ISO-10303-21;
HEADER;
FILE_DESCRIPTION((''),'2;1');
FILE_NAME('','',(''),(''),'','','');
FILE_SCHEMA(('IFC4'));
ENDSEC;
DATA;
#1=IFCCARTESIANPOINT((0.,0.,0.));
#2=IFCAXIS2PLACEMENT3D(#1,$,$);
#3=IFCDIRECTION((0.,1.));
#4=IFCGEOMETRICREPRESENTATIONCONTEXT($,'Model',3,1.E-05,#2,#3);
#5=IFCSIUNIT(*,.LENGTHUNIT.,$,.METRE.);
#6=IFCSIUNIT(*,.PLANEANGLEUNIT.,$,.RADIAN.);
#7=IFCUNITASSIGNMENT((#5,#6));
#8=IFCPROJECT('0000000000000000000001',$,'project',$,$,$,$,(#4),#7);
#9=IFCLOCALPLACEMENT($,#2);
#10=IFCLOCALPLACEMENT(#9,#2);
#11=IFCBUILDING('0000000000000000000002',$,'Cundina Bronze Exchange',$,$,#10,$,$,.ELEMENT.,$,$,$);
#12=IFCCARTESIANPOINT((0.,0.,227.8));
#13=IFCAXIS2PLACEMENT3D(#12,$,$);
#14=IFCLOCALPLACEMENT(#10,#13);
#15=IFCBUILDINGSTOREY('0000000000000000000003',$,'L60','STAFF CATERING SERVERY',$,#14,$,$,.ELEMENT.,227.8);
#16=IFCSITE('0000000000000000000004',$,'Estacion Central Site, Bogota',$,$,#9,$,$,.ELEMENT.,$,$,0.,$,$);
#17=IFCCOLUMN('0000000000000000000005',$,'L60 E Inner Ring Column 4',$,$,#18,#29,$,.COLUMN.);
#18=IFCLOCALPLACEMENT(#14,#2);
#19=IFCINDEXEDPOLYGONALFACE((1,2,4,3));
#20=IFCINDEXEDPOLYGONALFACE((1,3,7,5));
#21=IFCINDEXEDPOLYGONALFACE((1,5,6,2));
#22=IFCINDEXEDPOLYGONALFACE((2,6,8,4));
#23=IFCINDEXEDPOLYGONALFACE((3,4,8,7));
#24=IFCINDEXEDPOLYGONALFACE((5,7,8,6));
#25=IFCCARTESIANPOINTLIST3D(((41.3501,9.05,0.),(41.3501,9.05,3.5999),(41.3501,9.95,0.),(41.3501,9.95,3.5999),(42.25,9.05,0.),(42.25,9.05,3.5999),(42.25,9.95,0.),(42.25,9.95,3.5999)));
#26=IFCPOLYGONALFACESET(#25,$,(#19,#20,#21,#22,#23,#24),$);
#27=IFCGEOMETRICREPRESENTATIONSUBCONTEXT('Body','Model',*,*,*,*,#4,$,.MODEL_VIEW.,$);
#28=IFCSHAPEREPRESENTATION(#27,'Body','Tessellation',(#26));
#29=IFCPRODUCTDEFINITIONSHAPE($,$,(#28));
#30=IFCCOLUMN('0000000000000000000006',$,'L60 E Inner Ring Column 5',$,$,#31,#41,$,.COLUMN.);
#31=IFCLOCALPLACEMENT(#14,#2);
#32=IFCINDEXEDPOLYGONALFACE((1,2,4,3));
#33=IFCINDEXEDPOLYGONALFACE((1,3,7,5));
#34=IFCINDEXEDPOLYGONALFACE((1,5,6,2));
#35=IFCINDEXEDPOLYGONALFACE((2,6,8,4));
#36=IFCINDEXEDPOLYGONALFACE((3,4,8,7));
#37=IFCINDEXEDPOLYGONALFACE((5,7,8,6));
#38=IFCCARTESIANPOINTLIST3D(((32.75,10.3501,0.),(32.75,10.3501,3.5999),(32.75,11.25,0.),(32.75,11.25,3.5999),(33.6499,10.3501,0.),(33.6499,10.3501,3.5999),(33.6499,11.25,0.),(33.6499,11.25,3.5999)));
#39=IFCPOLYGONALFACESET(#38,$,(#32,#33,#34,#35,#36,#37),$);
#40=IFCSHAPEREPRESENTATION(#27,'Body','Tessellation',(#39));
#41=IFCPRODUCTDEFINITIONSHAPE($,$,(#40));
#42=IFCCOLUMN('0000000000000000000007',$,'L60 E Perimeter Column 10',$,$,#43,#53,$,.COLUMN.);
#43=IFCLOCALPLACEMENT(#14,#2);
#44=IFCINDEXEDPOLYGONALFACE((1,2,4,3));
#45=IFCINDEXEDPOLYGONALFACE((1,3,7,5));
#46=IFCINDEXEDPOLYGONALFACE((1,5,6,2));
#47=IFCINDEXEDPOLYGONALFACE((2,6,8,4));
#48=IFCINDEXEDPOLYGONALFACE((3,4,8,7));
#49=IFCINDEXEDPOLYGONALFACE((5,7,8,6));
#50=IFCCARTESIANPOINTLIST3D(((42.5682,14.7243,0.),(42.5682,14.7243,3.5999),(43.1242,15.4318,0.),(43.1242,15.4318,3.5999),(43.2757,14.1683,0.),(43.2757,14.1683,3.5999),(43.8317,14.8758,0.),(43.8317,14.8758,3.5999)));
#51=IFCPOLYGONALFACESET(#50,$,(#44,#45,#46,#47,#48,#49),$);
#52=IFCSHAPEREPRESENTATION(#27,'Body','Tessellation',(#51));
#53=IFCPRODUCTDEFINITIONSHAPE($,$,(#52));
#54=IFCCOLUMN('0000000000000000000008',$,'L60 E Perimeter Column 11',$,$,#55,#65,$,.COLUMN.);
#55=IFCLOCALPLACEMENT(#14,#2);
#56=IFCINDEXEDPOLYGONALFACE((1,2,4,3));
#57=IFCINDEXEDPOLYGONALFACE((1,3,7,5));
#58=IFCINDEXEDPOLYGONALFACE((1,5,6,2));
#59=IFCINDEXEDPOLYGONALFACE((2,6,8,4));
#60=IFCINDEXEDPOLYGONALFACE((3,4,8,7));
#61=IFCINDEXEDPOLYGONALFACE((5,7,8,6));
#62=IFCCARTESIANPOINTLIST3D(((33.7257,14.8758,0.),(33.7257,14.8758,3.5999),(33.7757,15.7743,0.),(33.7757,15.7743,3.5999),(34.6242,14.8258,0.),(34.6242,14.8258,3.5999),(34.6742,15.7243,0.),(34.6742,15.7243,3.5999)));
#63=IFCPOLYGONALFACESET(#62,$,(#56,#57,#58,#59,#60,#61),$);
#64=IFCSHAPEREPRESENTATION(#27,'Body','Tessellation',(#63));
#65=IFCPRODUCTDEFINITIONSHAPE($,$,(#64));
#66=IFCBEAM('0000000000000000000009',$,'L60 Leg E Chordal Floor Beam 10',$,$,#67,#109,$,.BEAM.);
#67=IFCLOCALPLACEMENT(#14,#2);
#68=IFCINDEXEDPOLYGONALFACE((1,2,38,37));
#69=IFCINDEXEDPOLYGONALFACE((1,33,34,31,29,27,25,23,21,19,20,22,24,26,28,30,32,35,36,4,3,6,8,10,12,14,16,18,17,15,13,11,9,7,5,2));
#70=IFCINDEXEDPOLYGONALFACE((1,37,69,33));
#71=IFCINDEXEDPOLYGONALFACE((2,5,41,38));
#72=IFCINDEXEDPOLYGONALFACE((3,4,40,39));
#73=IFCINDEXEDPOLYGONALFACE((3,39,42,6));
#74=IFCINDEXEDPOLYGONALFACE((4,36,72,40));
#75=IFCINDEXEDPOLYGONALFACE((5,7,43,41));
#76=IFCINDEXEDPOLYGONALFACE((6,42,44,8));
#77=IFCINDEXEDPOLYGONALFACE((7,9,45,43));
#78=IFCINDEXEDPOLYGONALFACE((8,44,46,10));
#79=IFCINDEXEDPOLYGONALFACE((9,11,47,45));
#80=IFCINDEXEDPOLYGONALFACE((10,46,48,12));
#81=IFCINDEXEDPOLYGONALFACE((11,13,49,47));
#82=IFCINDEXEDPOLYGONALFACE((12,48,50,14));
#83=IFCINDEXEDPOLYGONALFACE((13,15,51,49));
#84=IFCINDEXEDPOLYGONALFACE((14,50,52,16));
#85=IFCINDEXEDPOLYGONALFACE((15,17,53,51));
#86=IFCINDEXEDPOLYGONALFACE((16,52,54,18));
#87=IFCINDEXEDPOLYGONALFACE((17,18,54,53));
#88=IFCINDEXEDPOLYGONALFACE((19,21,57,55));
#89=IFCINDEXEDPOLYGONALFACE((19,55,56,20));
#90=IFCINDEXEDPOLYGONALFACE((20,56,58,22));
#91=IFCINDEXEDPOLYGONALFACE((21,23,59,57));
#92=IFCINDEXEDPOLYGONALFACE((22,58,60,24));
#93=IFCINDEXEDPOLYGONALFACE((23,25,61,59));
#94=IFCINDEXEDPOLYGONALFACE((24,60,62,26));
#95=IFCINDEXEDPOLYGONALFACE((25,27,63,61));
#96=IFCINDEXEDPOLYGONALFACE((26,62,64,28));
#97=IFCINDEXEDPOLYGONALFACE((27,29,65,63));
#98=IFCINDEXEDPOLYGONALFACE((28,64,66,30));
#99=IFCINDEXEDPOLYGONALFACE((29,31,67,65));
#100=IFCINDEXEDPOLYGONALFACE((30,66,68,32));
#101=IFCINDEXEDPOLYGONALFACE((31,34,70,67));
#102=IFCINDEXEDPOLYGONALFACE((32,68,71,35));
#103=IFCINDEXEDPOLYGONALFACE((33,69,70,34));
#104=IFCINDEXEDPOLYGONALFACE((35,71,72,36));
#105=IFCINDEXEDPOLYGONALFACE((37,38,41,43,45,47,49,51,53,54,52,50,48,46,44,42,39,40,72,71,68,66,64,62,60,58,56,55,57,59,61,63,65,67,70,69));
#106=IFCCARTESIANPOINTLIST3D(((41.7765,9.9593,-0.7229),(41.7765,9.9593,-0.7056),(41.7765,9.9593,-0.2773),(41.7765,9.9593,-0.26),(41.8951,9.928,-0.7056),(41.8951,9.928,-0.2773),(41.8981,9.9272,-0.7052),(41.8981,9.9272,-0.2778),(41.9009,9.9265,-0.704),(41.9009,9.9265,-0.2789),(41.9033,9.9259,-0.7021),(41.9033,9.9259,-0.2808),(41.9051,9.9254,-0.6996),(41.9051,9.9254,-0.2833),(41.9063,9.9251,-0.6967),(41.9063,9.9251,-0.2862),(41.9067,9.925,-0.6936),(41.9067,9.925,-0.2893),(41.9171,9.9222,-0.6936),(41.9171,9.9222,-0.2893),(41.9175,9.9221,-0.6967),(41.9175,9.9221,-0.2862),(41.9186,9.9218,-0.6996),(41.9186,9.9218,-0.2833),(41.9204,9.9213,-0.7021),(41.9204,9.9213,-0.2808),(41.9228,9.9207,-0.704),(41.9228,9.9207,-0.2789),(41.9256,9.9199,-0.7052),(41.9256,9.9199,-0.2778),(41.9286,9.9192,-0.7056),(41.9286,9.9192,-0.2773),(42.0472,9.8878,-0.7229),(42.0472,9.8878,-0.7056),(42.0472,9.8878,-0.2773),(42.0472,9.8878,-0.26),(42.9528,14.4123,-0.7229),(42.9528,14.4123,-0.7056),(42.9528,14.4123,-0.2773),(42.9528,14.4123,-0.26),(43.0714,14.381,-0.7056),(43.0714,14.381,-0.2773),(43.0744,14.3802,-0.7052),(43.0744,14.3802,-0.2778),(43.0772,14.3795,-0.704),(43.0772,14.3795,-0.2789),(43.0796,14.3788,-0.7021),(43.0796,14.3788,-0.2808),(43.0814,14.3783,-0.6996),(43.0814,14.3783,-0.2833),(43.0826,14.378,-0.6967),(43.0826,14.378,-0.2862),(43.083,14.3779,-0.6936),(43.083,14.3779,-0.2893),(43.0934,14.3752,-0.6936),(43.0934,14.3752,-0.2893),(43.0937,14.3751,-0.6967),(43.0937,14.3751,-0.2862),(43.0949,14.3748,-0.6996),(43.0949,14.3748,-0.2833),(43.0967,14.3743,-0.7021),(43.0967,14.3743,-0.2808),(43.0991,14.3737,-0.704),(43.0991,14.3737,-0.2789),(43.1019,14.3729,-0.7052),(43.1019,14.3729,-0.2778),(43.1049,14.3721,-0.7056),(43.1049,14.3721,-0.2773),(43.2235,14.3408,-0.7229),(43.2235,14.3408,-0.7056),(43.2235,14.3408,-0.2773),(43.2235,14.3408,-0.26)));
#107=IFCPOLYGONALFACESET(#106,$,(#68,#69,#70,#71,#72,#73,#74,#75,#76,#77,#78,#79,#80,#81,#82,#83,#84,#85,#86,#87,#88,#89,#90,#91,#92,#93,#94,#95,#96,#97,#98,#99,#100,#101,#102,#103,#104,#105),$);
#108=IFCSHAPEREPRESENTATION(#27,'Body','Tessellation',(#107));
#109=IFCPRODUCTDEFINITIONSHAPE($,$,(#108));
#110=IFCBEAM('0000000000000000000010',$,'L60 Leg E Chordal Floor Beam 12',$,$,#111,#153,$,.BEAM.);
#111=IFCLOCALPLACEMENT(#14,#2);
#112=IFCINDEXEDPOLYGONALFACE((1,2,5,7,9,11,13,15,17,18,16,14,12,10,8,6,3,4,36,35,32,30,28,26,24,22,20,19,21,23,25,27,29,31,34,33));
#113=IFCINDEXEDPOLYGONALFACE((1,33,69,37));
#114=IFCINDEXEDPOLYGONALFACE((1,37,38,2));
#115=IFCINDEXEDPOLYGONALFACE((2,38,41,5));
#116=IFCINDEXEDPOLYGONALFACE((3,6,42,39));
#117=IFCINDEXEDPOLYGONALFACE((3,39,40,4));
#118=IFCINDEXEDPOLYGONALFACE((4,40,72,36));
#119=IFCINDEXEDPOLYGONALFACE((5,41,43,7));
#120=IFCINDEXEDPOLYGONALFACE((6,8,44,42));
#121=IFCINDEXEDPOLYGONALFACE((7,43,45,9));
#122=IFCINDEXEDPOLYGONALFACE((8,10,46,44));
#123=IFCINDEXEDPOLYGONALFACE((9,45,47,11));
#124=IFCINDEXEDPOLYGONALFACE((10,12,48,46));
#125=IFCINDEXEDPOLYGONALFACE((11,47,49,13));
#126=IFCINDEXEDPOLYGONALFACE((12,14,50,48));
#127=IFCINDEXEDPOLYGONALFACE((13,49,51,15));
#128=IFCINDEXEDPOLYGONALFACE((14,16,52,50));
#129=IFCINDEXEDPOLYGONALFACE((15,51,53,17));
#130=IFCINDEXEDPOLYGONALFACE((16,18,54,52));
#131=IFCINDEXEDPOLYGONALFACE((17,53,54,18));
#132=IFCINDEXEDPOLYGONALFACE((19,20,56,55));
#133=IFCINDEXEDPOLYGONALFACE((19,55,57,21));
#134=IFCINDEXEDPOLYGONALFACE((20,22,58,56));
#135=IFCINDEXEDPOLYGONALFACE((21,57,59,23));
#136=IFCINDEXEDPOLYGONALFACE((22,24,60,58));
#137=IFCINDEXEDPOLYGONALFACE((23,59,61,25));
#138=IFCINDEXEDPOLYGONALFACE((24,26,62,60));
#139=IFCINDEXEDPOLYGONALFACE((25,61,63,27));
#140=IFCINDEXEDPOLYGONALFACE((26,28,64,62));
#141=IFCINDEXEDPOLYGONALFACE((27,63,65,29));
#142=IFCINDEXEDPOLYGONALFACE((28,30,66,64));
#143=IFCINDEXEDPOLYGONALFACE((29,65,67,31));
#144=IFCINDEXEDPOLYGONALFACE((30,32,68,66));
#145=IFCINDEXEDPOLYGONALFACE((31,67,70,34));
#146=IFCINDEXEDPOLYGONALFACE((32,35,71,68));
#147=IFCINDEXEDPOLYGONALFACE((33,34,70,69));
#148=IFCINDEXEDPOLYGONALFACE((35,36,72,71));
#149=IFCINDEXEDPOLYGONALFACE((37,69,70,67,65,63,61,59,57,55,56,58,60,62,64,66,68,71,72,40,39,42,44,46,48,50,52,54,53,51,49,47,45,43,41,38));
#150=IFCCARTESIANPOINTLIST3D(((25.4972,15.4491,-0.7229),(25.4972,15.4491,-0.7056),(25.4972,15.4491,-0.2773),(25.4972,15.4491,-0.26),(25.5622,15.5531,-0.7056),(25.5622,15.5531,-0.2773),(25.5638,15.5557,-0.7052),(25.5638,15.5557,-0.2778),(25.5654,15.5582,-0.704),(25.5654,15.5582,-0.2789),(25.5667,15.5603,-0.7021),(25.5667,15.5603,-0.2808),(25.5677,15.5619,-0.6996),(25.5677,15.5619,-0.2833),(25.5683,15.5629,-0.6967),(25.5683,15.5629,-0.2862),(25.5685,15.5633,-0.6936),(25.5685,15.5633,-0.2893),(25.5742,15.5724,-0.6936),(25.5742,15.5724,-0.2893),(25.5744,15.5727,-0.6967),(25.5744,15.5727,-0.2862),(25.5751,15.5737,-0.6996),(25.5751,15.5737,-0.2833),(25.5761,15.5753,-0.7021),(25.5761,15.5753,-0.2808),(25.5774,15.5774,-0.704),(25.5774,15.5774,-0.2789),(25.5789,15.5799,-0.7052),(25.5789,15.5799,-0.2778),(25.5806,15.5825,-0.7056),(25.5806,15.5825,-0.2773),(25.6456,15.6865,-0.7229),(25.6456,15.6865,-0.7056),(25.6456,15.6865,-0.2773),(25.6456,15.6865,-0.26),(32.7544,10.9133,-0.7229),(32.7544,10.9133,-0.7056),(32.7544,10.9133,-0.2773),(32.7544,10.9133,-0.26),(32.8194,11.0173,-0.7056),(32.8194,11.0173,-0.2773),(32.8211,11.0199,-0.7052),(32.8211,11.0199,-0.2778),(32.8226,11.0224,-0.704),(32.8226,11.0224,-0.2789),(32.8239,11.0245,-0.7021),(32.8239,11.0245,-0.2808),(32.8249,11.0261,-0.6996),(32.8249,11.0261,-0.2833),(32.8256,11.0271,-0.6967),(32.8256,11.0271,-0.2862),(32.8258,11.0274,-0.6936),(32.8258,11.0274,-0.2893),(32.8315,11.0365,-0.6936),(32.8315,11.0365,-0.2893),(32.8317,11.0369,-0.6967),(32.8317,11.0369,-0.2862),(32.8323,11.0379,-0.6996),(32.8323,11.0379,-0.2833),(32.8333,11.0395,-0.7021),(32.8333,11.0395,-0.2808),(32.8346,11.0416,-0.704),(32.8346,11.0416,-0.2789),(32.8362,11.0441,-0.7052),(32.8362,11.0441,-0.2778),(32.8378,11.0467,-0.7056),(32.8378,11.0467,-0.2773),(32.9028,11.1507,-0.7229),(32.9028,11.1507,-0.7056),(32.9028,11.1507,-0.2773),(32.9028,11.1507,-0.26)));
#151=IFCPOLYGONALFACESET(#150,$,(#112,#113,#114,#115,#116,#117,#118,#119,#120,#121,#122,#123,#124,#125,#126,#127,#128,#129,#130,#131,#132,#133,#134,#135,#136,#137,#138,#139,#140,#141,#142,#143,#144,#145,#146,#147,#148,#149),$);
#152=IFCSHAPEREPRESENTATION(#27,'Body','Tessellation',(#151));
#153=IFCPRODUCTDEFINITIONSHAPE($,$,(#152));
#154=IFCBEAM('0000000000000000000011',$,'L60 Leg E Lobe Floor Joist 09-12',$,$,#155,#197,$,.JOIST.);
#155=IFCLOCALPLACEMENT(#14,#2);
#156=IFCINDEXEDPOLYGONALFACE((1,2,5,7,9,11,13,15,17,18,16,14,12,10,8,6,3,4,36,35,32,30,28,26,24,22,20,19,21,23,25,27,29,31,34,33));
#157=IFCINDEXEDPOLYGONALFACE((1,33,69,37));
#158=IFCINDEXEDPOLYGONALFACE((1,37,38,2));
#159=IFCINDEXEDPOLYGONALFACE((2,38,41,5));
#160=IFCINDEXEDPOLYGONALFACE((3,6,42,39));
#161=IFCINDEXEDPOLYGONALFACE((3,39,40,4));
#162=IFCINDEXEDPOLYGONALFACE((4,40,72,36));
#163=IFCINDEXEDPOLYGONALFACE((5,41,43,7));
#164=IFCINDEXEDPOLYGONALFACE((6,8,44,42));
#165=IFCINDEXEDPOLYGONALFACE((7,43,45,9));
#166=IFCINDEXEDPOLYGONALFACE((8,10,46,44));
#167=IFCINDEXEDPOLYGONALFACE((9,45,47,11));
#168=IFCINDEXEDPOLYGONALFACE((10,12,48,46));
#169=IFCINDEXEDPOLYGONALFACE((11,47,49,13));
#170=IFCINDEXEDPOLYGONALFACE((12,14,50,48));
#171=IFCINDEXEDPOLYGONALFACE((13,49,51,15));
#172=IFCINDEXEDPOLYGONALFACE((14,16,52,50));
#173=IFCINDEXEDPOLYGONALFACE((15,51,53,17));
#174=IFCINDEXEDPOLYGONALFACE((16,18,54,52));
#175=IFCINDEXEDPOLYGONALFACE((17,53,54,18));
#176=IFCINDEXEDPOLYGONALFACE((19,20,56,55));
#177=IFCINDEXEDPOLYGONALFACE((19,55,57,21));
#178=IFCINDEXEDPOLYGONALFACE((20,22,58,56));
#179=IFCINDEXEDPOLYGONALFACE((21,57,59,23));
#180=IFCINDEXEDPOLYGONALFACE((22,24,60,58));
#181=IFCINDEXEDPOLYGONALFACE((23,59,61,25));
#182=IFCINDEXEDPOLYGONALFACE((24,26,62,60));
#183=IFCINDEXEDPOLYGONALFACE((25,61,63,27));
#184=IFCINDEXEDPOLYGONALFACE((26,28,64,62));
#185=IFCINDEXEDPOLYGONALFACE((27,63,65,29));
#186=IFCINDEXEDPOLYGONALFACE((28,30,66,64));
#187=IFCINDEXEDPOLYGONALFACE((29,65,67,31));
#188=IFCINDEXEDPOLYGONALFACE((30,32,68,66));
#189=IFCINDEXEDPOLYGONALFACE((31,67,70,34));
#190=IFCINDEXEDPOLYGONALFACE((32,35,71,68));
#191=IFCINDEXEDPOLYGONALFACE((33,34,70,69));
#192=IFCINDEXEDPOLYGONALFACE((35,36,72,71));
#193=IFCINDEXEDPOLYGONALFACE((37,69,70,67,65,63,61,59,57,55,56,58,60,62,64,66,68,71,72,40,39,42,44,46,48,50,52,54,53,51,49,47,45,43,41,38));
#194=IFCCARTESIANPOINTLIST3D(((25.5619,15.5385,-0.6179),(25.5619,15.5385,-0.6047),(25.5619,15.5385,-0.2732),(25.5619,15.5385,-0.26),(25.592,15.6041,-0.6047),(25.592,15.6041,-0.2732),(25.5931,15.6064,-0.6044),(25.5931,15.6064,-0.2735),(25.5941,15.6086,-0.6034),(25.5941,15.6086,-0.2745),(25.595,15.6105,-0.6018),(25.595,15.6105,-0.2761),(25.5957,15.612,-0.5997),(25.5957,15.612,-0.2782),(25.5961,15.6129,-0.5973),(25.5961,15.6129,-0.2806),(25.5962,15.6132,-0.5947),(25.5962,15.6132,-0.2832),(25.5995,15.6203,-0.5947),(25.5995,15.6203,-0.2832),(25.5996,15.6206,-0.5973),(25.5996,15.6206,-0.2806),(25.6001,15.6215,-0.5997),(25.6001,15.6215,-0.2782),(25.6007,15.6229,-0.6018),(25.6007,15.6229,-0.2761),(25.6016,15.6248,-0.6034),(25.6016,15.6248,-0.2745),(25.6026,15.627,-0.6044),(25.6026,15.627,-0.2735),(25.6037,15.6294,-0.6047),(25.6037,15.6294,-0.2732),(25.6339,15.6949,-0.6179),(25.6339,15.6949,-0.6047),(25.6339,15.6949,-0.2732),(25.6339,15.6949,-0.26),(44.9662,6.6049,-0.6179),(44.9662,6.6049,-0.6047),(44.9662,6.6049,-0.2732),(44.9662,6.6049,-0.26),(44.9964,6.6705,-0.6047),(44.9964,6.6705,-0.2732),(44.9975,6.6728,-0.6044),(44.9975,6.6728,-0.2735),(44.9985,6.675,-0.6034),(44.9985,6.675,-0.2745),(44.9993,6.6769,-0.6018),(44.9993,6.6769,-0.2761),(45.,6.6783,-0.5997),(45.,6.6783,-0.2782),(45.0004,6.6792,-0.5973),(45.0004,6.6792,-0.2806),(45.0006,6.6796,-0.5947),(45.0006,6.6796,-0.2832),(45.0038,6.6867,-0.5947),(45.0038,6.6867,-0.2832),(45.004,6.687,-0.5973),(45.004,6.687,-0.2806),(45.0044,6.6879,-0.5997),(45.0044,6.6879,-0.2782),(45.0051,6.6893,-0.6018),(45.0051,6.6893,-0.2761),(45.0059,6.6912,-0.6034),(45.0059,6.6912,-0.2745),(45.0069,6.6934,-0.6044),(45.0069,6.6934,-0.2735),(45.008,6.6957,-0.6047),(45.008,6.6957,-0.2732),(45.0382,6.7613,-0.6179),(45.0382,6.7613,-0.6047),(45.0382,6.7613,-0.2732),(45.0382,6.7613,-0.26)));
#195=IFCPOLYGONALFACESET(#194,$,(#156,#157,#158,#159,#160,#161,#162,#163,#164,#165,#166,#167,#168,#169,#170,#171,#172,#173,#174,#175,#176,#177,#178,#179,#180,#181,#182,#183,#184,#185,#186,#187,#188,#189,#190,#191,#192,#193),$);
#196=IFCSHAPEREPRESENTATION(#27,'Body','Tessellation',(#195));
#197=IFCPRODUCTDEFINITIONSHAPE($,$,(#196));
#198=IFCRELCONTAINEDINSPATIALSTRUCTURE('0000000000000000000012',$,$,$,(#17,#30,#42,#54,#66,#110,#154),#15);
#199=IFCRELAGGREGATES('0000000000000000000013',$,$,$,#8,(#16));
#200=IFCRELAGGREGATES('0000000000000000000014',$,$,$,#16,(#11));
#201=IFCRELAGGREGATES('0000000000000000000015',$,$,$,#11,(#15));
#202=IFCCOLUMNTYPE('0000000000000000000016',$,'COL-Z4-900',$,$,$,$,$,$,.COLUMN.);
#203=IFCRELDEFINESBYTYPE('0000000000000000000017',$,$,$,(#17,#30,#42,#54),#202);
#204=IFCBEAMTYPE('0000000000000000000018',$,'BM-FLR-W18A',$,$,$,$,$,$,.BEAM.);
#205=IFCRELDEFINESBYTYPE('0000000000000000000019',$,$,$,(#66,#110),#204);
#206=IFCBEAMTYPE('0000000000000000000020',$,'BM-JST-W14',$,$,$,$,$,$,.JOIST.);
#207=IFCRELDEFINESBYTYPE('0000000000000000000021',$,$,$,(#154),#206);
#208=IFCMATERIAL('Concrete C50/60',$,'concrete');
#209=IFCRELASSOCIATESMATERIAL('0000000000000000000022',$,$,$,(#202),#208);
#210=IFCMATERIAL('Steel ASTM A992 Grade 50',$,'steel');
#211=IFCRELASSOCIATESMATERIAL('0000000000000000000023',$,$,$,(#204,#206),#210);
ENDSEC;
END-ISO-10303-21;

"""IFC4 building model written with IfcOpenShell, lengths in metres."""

from ifc_helpers import new_model, si_unit, direction, frame, origin, origin_2d, place, context, subcontext, project, spatial, rectangle, i_section, extrude, material, material_profile, profile_set, type_object, element, save


model = new_model("IFC4")

# Units and contexts
model_context = context("Model", 3, precision=1e-05, world=origin(), true_north=direction((0.0, 1.0)))
body_context = subcontext(model_context, "Body", "Model", "MODEL_VIEW")
ifc_project = project(units=[si_unit("LENGTHUNIT", "METRE"), si_unit("PLANEANGLEUNIT", "RADIAN")], contexts=[model_context])

# Site, building, storey
site_placement = place(None, origin())
site = spatial("IfcSite", under=ifc_project, at=site_placement, Name="Estacion Central Site, Bogota", CompositionType="ELEMENT", RefElevation=0.0)
building_placement = place(site_placement, origin())
building = spatial("IfcBuilding", under=site, at=building_placement, Name="Cundina Bronze Exchange", CompositionType="ELEMENT")
storey_placement = place(building_placement, frame((0.0, 0.0, 227.8)))
storey = spatial("IfcBuildingStorey", under=building, at=storey_placement, Name="L60", Description="STAFF CATERING SERVERY", CompositionType="ELEMENT", Elevation=227.8)

# Columns
ifc_material_1 = material(Name="Concrete C50/60", Category="concrete")
ifc_material_profile_1 = material_profile(ifc_material_1, rectangle(XDim=0.8999, YDim=0.8999, at=origin_2d()), Name="RC900X900", Category="concrete")
ifc_profile_set_1 = profile_set([ifc_material_profile_1], Name="Concrete C50/60")
column_type = type_object("IfcColumnType", Name="COL-Z4-900", PredefinedType="COLUMN", material=ifc_profile_set_1)
for number, where, z_axis, x_axis, name in (
    (1, (41.8, 9.5, 0.0), (0.0, 0.0, 1.0), (1.0, 0.0, 0.0), "L60 E Inner Ring Column 4"),
    (2, (33.2, 10.8, 0.0), (0.0, 0.0, 1.0), (1.0, 0.0, 0.0), "L60 E Inner Ring Column 5"),
    (3, (43.2, 14.8, 0.0), (0.0, 0.0, 1.0), (-0.786288, 0.61786, 0.0), "L60 E Perimeter Column 10"),
    (4, (34.2, 15.3, 0.0), (0.0, 0.0, 1.0), (-0.99846, 0.055473, 0.0), "L60 E Perimeter Column 11"),
):
    element("IfcColumn", number, at=place(storey_placement, frame(where, z_axis=z_axis, x_axis=x_axis)), inside=storey, type_object=column_type, Name=name, PredefinedType="COLUMN", context=body_context, shape_type="SweptSolid", body=[
        extrude(rectangle(XDim=0.8999, YDim=0.8999, at=origin_2d()), origin(), (0.0, 0.0, 1.0), 3.5999),
    ])

# Beams
ifc_material_2 = material(Name="Steel ASTM A992 Grade 50", Category="steel")
ifc_material_profile_2 = material_profile(ifc_material_2, i_section(OverallWidth=0.28, OverallDepth=0.4629, WebThickness=0.0107, FlangeThickness=0.0173, FilletRadius=0.012, at=origin_2d()), Name="W18X76", Category="steel")
ifc_profile_set_2 = profile_set([ifc_material_profile_2], Name="Steel ASTM A992 Grade 50")
beam_type_1 = type_object("IfcBeamType", Name="BM-FLR-W18A", PredefinedType="BEAM", material=ifc_profile_set_2)
beam_1_placement = place(storey_placement, frame((41.9119, 9.9236, -0.4915), z_axis=(0.255399, 0.966836, 0.0), x_axis=(-0.966836, 0.255399, 0.0)))
element("IfcBeam", 5, at=beam_1_placement, inside=storey, type_object=beam_type_1, Name="L60 Leg E Chordal Floor Beam 10", PredefinedType="BEAM", context=body_context, shape_type="SweptSolid", body=[
    extrude(i_section(OverallWidth=0.28, OverallDepth=0.4629, WebThickness=0.0107, FlangeThickness=0.0173, FilletRadius=0.012, at=origin_2d()), origin(), (0.0, 0.0, 1.0), 4.6057),
])
beam_2_placement = place(storey_placement, frame((32.8286, 11.032, -0.4915), z_axis=(-0.847995, 0.530004, 0.0), x_axis=(-0.530004, -0.847995, 0.0)))
element("IfcBeam", 6, at=beam_2_placement, inside=storey, type_object=beam_type_1, Name="L60 Leg E Chordal Floor Beam 12", PredefinedType="BEAM", context=body_context, shape_type="SweptSolid", body=[
    extrude(i_section(OverallWidth=0.28, OverallDepth=0.4629, WebThickness=0.0107, FlangeThickness=0.0173, FilletRadius=0.012, at=origin_2d()), origin(), (0.0, 0.0, 1.0), 8.5581),
])
ifc_material_profile_3 = material_profile(ifc_material_2, i_section(OverallWidth=0.1721, OverallDepth=0.3579, WebThickness=0.0078, FlangeThickness=0.0132, FilletRadius=0.01, at=origin_2d()), Name="W14X38", Category="steel")
ifc_profile_set_3 = profile_set([ifc_material_profile_3], Name="Steel ASTM A992 Grade 50")
beam_type_2 = type_object("IfcBeamType", Name="BM-JST-W14", PredefinedType="JOIST", material=ifc_profile_set_3)
beam_3_placement = place(storey_placement, frame((45.0022, 6.6831, -0.439), z_axis=(-0.908355, 0.4182, 0.0), x_axis=(-0.4182, -0.908355, 0.0)))
element("IfcBeam", 7, at=beam_3_placement, inside=storey, type_object=beam_type_2, Name="L60 Leg E Lobe Floor Joist 09-12", PredefinedType="JOIST", context=body_context, shape_type="SweptSolid", body=[
    extrude(i_section(OverallWidth=0.1721, OverallDepth=0.3579, WebThickness=0.0078, FlangeThickness=0.0132, FilletRadius=0.01, at=origin_2d()), origin(), (0.0, 0.0, 1.0), 21.3621),
])

save(model, "model.ifc")
